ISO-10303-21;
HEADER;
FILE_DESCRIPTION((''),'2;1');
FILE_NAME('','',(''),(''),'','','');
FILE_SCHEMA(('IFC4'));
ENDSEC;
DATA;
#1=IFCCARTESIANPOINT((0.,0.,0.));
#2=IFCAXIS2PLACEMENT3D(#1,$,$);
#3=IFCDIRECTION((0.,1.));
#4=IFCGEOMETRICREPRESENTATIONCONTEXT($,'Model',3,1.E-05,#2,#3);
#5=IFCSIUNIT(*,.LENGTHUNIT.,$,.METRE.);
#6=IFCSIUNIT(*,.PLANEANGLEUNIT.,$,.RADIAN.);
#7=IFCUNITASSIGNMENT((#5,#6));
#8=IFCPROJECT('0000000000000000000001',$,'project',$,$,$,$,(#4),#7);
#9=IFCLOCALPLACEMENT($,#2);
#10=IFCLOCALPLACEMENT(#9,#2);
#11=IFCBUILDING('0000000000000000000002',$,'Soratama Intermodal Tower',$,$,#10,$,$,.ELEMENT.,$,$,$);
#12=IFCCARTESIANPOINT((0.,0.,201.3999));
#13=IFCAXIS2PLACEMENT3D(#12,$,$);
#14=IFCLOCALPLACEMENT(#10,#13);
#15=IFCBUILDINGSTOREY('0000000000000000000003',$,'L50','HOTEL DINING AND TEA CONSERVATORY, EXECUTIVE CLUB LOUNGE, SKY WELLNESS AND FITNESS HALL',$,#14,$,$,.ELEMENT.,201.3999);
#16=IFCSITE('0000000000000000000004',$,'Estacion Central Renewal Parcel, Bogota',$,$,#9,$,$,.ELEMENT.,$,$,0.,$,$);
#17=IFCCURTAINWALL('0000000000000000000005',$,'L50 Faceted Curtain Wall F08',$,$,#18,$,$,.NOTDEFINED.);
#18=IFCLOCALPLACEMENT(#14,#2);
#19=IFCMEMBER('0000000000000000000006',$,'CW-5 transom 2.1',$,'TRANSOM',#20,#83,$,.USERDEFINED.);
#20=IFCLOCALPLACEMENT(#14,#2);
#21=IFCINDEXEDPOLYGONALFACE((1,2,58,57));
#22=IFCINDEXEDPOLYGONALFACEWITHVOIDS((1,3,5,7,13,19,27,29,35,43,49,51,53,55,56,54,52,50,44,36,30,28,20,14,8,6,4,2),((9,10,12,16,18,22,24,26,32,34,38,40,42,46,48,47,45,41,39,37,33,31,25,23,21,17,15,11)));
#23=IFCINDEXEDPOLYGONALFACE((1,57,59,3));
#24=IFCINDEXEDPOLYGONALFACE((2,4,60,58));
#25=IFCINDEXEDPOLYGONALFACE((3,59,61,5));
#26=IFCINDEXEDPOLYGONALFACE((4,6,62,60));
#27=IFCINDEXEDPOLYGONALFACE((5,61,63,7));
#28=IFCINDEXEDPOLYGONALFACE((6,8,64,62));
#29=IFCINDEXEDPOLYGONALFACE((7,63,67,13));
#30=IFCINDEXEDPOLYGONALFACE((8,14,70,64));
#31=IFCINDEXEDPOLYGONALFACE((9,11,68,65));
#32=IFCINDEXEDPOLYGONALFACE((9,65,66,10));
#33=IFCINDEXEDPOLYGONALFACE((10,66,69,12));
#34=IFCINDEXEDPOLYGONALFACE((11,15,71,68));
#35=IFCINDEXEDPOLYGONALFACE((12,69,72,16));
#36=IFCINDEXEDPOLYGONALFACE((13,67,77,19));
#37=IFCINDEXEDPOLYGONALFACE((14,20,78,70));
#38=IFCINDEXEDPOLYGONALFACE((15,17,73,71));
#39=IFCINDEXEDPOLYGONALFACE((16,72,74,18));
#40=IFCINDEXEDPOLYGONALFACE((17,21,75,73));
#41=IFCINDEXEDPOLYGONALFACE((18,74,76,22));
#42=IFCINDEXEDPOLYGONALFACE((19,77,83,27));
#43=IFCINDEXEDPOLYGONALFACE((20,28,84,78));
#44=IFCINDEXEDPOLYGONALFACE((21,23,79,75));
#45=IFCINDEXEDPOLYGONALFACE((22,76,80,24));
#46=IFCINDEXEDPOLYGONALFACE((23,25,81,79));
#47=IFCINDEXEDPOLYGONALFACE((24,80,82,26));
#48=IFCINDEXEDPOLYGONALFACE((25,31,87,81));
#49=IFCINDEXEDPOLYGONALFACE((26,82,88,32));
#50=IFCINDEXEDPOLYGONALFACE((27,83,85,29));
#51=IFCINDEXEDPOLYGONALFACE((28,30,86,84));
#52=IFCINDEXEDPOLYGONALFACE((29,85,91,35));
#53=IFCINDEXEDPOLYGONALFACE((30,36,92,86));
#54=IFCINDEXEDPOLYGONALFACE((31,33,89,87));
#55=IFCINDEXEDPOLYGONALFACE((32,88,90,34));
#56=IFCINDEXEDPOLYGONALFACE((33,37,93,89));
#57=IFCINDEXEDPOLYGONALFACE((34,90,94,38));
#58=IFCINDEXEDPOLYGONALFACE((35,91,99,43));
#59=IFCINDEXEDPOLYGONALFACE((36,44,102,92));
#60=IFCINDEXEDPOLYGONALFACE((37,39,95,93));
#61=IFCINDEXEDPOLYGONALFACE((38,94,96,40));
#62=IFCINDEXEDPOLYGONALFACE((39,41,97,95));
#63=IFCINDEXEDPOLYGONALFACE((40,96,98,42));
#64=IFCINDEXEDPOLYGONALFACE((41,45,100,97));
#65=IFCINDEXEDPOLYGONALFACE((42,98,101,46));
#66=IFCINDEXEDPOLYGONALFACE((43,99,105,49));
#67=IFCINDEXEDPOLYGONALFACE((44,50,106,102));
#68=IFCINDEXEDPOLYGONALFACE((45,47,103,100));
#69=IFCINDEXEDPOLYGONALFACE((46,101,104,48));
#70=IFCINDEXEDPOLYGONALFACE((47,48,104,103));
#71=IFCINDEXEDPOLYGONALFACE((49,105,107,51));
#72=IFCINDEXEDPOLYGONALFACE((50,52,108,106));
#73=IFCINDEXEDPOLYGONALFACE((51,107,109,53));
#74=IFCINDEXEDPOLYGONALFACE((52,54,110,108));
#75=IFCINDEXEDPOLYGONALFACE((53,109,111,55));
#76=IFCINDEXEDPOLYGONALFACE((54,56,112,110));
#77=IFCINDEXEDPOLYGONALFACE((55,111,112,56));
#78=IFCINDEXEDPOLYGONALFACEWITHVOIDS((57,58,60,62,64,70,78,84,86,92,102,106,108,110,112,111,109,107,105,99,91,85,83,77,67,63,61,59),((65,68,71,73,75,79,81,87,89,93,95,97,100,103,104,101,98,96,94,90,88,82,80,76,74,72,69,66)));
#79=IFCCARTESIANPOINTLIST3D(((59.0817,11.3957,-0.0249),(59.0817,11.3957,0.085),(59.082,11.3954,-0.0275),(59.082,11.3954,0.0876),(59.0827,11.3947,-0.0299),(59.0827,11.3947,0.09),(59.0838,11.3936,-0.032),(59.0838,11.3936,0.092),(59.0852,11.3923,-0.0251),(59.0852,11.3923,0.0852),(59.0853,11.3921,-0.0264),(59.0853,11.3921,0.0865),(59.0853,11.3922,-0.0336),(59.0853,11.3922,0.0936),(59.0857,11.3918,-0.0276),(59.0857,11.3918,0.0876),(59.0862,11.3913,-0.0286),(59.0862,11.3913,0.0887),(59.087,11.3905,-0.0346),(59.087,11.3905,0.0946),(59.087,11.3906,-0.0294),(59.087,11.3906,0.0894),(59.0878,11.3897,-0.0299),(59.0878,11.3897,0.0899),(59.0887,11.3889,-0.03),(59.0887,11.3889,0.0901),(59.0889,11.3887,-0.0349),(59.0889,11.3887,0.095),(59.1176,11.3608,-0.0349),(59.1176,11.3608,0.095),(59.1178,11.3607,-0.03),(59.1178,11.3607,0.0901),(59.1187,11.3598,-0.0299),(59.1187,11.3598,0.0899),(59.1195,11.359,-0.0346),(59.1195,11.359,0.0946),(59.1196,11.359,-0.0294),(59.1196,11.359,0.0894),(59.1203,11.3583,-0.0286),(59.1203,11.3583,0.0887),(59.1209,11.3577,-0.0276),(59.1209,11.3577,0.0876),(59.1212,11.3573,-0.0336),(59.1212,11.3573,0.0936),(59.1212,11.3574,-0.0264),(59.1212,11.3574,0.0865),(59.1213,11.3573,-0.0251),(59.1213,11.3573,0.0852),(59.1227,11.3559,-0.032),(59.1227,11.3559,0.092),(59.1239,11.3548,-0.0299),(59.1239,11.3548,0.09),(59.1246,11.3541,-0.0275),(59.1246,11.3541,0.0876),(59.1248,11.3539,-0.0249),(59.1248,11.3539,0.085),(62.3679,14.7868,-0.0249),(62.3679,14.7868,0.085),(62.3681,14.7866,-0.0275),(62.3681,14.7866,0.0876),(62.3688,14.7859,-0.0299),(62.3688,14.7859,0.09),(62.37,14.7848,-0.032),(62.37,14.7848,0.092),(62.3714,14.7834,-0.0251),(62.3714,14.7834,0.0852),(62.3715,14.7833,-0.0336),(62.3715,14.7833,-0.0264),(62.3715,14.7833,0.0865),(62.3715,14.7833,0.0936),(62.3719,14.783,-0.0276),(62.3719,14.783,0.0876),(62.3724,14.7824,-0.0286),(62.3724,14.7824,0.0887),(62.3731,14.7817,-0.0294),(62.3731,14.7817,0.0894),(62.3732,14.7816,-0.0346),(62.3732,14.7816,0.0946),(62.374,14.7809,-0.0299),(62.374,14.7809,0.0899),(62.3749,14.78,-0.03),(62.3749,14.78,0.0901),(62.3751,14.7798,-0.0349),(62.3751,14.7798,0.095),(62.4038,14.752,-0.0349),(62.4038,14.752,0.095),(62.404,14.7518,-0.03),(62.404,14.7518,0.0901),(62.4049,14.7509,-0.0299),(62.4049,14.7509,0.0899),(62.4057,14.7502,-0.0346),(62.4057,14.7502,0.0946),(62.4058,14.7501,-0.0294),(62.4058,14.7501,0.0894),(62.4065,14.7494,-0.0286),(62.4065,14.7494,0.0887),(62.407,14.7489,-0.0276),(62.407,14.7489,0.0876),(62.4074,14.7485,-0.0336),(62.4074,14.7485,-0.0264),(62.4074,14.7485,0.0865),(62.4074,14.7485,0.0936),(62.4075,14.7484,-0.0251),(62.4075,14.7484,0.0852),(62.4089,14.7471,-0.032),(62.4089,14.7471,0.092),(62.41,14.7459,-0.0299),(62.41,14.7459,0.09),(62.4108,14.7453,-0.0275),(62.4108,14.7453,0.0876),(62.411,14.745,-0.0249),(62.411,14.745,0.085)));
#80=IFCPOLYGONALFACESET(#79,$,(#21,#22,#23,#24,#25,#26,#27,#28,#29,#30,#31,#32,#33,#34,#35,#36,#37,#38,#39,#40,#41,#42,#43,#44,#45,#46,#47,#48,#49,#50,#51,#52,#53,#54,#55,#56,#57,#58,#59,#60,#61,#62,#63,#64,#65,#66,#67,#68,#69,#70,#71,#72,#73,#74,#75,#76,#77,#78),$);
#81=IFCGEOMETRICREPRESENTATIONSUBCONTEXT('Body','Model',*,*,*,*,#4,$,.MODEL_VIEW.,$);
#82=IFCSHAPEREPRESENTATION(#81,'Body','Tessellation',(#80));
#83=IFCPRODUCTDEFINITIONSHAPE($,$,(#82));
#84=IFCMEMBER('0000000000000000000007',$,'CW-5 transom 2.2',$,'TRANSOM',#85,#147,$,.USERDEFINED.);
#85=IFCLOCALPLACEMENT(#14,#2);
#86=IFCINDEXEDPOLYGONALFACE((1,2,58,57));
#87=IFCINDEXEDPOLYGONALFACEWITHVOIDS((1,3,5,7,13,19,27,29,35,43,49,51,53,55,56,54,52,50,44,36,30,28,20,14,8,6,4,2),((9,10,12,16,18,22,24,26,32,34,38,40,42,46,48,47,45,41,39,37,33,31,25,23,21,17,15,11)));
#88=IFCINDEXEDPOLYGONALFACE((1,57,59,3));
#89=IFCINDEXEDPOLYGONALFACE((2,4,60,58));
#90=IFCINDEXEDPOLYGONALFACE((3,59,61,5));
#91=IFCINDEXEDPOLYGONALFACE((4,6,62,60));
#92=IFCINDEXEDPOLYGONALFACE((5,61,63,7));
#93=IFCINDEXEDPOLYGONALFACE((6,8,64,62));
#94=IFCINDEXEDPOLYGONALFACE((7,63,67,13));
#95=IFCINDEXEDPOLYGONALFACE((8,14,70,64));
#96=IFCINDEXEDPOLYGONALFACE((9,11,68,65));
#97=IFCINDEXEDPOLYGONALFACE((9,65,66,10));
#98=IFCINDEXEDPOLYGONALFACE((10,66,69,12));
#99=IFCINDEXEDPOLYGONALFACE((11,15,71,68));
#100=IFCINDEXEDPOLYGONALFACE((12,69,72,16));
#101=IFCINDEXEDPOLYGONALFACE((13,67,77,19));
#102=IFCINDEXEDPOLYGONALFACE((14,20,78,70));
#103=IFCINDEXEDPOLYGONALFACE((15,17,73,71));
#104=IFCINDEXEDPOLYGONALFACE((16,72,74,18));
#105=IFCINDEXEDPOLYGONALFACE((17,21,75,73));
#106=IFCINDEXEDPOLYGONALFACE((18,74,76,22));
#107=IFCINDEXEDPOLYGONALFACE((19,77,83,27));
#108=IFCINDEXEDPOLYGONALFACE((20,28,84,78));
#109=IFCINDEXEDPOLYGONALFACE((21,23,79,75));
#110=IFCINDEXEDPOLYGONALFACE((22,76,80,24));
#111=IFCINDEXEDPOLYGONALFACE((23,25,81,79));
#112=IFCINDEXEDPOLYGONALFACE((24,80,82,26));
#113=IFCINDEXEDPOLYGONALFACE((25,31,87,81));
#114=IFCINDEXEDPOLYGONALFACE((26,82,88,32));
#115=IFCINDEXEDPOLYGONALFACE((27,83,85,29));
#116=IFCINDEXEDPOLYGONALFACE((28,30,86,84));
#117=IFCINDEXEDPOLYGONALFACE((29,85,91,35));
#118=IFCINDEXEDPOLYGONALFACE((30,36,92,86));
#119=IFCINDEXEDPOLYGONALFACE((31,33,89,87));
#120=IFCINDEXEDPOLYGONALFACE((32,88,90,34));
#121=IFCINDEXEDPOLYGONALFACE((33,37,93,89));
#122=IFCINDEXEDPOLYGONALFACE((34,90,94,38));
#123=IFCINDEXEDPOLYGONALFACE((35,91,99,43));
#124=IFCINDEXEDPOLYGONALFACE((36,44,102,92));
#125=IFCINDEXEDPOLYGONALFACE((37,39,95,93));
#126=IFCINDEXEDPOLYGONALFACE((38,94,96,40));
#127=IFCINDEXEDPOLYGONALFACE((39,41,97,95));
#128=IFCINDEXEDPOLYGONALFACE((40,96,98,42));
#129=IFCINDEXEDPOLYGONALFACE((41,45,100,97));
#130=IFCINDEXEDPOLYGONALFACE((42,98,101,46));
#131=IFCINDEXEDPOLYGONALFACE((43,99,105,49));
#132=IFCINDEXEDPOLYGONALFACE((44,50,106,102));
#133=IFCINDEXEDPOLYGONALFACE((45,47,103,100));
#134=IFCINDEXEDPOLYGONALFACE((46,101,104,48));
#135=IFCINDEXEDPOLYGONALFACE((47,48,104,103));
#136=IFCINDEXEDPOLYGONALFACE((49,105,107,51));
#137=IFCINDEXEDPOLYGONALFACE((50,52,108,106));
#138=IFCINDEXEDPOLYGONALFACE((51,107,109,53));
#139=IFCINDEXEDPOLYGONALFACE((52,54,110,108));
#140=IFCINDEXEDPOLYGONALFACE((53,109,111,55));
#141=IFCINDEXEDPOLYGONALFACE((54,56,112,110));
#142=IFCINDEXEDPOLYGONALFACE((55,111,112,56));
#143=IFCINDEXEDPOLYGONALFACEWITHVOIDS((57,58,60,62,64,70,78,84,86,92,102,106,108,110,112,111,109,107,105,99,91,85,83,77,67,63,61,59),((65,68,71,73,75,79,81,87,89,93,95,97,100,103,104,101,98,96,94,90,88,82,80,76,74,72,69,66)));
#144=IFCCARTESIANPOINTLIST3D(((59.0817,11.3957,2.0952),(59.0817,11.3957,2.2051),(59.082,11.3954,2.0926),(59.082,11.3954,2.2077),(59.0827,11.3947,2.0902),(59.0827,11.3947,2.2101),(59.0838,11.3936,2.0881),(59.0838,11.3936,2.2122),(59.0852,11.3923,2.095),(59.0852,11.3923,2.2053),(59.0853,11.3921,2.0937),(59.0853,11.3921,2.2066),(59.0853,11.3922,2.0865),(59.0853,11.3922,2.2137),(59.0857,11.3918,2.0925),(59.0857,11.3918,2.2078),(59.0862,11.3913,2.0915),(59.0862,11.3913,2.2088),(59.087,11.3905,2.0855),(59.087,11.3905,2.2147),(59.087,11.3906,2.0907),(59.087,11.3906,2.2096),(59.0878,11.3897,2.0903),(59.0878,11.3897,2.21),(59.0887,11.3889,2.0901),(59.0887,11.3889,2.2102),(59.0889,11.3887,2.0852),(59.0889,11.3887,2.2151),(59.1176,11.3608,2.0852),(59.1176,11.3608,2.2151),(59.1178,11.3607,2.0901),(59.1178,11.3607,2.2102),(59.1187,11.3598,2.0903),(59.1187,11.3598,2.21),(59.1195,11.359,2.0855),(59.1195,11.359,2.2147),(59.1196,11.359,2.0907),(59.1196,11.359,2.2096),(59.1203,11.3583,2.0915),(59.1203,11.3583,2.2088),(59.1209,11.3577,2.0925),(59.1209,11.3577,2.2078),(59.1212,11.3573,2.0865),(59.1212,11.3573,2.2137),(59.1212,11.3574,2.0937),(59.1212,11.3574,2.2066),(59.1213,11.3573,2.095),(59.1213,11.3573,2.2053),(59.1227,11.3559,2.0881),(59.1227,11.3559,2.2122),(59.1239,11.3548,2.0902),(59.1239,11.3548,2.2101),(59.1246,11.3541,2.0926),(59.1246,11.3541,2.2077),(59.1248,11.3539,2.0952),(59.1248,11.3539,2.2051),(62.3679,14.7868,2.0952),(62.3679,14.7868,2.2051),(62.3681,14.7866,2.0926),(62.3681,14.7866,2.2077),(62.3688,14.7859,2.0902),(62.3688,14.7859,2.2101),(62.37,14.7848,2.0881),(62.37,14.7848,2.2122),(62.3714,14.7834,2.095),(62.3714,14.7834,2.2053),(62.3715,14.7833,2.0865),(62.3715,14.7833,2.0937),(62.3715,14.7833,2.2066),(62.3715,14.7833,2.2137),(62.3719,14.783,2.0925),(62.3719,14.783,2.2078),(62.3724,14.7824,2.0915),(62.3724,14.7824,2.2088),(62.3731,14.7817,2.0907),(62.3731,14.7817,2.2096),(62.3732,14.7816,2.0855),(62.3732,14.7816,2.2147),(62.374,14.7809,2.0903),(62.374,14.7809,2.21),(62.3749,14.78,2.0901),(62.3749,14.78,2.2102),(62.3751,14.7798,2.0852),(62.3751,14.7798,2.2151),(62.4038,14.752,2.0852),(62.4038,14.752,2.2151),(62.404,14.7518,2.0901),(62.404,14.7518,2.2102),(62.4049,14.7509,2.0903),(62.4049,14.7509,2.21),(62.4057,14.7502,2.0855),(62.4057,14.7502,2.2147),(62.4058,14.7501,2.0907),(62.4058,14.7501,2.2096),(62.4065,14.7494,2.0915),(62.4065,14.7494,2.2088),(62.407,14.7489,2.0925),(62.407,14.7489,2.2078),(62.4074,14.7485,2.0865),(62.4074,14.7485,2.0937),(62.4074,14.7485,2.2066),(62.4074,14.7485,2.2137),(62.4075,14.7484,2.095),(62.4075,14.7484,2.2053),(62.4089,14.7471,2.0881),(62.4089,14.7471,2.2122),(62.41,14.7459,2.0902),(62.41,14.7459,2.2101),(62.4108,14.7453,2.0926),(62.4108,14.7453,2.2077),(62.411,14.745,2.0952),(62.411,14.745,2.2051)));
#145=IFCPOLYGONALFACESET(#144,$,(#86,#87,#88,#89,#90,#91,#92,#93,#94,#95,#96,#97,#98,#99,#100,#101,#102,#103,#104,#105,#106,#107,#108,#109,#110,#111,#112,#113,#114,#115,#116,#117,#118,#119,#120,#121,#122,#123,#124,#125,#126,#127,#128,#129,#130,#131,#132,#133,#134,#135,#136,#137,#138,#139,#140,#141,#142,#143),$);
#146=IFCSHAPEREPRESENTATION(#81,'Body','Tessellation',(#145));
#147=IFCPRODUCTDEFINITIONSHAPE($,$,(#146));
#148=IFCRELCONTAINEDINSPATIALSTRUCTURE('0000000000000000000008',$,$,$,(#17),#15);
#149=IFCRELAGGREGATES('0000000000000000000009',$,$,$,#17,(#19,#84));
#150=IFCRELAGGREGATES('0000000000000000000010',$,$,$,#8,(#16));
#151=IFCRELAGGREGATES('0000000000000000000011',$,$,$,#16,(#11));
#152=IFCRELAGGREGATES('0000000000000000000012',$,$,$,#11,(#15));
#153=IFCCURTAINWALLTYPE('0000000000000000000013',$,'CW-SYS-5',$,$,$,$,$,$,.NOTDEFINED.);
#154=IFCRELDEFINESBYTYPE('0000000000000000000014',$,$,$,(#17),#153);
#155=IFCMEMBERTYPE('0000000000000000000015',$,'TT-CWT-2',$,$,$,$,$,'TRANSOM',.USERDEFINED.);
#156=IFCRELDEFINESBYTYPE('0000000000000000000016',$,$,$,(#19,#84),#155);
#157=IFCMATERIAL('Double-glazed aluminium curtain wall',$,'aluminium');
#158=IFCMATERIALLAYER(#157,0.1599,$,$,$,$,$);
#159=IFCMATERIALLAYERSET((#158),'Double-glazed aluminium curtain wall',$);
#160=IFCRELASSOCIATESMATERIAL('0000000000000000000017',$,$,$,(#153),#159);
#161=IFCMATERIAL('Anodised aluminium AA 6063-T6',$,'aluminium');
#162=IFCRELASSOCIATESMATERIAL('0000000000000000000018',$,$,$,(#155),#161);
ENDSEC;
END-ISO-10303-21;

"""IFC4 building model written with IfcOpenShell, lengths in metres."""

from ifc_helpers import new_model, si_unit, direction, frame, origin, origin_2d, place, context, subcontext, project, spatial, hollow_rectangle, extrude, material, layer, layer_set, material_profile, profile_set, type_object, element, aggregate, save


model = new_model("IFC4")

# Units and contexts
model_context = context("Model", 3, precision=1e-05, world=origin(), true_north=direction((0.0, 1.0)))
body_context = subcontext(model_context, "Body", "Model", "MODEL_VIEW")
ifc_project = project(units=[si_unit("LENGTHUNIT", "METRE"), si_unit("PLANEANGLEUNIT", "RADIAN")], contexts=[model_context])

# Site, building, storey
site_placement = place(None, origin())
site = spatial("IfcSite", under=ifc_project, at=site_placement, Name="Estacion Central Renewal Parcel, Bogota", CompositionType="ELEMENT", RefElevation=0.0)
building_placement = place(site_placement, origin())
building = spatial("IfcBuilding", under=site, at=building_placement, Name="Soratama Intermodal Tower", CompositionType="ELEMENT")
storey_placement = place(building_placement, frame((0.0, 0.0, 201.3999)))
storey = spatial("IfcBuildingStorey", under=building, at=storey_placement, Name="L50", Description="HOTEL DINING AND TEA CONSERVATORY, EXECUTIVE CLUB LOUNGE, SKY WELLNESS AND FITNESS HALL", CompositionType="ELEMENT", Elevation=201.3999)

# Curtain wall, members
ifc_material_1 = material(Name="Double-glazed aluminium curtain wall", Category="aluminium")
ifc_layer_1 = layer(ifc_material_1, 0.1599)
ifc_layer_set_1 = layer_set([ifc_layer_1], Name="Double-glazed aluminium curtain wall")
curtain_wall_type = type_object("IfcCurtainWallType", Name="CW-SYS-5", PredefinedType="NOTDEFINED", material=ifc_layer_set_1)
curtain_wall_placement = place(storey_placement, origin())
curtain_wall = element("IfcCurtainWall", 1, at=curtain_wall_placement, inside=storey, type_object=curtain_wall_type, Name="L50 Faceted Curtain Wall F08", PredefinedType="NOTDEFINED")
ifc_material_2 = material(Name="Anodised aluminium AA 6063-T6", Category="aluminium")
ifc_material_profile_1 = material_profile(ifc_material_2, hollow_rectangle(XDim=0.0601, YDim=0.1299, WallThickness=0.0049, InnerFilletRadius=0.0049, OuterFilletRadius=0.01, at=origin_2d()), Name="CWT130X60X5")
ifc_profile_set_1 = profile_set([ifc_material_profile_1], Name="Anodised aluminium AA 6063-T6")
member_type_1 = type_object("IfcMemberType", Name="TT-CWT-2", ElementType="TRANSOM", PredefinedType="USERDEFINED", material=ifc_profile_set_1)
member_1_placement = place(storey_placement, frame((59.1033, 11.3748, 0.03), z_axis=(0.695904, 0.718135, 0.0), x_axis=(-0.718135, 0.695904, 0.0)))
member_1 = element("IfcMember", 2, at=member_1_placement, type_object=member_type_1, Name="CW-5 transom 2.1", ObjectType="TRANSOM", PredefinedType="USERDEFINED", context=body_context, shape_type="SweptSolid", body=[
    extrude(hollow_rectangle(XDim=0.0601, YDim=0.1299, WallThickness=0.0049, InnerFilletRadius=0.0049, OuterFilletRadius=0.01, at=origin_2d()), origin(), (0.0, 0.0, 1.0), 4.7222),
])
member_2_placement = place(storey_placement, frame((59.1033, 11.3748, 2.1501), z_axis=(0.695904, 0.718135, 0.0), x_axis=(-0.718135, 0.695904, 0.0)))
member_2 = element("IfcMember", 3, at=member_2_placement, type_object=member_type_1, Name="CW-5 transom 2.2", ObjectType="TRANSOM", PredefinedType="USERDEFINED", context=body_context, shape_type="SweptSolid", body=[
    extrude(hollow_rectangle(XDim=0.0601, YDim=0.1299, WallThickness=0.0049, InnerFilletRadius=0.0049, OuterFilletRadius=0.01, at=origin_2d()), origin(), (0.0, 0.0, 1.0), 4.7222),
])
aggregate(curtain_wall, [member_1, member_2])

save(model, "model.ifc")
